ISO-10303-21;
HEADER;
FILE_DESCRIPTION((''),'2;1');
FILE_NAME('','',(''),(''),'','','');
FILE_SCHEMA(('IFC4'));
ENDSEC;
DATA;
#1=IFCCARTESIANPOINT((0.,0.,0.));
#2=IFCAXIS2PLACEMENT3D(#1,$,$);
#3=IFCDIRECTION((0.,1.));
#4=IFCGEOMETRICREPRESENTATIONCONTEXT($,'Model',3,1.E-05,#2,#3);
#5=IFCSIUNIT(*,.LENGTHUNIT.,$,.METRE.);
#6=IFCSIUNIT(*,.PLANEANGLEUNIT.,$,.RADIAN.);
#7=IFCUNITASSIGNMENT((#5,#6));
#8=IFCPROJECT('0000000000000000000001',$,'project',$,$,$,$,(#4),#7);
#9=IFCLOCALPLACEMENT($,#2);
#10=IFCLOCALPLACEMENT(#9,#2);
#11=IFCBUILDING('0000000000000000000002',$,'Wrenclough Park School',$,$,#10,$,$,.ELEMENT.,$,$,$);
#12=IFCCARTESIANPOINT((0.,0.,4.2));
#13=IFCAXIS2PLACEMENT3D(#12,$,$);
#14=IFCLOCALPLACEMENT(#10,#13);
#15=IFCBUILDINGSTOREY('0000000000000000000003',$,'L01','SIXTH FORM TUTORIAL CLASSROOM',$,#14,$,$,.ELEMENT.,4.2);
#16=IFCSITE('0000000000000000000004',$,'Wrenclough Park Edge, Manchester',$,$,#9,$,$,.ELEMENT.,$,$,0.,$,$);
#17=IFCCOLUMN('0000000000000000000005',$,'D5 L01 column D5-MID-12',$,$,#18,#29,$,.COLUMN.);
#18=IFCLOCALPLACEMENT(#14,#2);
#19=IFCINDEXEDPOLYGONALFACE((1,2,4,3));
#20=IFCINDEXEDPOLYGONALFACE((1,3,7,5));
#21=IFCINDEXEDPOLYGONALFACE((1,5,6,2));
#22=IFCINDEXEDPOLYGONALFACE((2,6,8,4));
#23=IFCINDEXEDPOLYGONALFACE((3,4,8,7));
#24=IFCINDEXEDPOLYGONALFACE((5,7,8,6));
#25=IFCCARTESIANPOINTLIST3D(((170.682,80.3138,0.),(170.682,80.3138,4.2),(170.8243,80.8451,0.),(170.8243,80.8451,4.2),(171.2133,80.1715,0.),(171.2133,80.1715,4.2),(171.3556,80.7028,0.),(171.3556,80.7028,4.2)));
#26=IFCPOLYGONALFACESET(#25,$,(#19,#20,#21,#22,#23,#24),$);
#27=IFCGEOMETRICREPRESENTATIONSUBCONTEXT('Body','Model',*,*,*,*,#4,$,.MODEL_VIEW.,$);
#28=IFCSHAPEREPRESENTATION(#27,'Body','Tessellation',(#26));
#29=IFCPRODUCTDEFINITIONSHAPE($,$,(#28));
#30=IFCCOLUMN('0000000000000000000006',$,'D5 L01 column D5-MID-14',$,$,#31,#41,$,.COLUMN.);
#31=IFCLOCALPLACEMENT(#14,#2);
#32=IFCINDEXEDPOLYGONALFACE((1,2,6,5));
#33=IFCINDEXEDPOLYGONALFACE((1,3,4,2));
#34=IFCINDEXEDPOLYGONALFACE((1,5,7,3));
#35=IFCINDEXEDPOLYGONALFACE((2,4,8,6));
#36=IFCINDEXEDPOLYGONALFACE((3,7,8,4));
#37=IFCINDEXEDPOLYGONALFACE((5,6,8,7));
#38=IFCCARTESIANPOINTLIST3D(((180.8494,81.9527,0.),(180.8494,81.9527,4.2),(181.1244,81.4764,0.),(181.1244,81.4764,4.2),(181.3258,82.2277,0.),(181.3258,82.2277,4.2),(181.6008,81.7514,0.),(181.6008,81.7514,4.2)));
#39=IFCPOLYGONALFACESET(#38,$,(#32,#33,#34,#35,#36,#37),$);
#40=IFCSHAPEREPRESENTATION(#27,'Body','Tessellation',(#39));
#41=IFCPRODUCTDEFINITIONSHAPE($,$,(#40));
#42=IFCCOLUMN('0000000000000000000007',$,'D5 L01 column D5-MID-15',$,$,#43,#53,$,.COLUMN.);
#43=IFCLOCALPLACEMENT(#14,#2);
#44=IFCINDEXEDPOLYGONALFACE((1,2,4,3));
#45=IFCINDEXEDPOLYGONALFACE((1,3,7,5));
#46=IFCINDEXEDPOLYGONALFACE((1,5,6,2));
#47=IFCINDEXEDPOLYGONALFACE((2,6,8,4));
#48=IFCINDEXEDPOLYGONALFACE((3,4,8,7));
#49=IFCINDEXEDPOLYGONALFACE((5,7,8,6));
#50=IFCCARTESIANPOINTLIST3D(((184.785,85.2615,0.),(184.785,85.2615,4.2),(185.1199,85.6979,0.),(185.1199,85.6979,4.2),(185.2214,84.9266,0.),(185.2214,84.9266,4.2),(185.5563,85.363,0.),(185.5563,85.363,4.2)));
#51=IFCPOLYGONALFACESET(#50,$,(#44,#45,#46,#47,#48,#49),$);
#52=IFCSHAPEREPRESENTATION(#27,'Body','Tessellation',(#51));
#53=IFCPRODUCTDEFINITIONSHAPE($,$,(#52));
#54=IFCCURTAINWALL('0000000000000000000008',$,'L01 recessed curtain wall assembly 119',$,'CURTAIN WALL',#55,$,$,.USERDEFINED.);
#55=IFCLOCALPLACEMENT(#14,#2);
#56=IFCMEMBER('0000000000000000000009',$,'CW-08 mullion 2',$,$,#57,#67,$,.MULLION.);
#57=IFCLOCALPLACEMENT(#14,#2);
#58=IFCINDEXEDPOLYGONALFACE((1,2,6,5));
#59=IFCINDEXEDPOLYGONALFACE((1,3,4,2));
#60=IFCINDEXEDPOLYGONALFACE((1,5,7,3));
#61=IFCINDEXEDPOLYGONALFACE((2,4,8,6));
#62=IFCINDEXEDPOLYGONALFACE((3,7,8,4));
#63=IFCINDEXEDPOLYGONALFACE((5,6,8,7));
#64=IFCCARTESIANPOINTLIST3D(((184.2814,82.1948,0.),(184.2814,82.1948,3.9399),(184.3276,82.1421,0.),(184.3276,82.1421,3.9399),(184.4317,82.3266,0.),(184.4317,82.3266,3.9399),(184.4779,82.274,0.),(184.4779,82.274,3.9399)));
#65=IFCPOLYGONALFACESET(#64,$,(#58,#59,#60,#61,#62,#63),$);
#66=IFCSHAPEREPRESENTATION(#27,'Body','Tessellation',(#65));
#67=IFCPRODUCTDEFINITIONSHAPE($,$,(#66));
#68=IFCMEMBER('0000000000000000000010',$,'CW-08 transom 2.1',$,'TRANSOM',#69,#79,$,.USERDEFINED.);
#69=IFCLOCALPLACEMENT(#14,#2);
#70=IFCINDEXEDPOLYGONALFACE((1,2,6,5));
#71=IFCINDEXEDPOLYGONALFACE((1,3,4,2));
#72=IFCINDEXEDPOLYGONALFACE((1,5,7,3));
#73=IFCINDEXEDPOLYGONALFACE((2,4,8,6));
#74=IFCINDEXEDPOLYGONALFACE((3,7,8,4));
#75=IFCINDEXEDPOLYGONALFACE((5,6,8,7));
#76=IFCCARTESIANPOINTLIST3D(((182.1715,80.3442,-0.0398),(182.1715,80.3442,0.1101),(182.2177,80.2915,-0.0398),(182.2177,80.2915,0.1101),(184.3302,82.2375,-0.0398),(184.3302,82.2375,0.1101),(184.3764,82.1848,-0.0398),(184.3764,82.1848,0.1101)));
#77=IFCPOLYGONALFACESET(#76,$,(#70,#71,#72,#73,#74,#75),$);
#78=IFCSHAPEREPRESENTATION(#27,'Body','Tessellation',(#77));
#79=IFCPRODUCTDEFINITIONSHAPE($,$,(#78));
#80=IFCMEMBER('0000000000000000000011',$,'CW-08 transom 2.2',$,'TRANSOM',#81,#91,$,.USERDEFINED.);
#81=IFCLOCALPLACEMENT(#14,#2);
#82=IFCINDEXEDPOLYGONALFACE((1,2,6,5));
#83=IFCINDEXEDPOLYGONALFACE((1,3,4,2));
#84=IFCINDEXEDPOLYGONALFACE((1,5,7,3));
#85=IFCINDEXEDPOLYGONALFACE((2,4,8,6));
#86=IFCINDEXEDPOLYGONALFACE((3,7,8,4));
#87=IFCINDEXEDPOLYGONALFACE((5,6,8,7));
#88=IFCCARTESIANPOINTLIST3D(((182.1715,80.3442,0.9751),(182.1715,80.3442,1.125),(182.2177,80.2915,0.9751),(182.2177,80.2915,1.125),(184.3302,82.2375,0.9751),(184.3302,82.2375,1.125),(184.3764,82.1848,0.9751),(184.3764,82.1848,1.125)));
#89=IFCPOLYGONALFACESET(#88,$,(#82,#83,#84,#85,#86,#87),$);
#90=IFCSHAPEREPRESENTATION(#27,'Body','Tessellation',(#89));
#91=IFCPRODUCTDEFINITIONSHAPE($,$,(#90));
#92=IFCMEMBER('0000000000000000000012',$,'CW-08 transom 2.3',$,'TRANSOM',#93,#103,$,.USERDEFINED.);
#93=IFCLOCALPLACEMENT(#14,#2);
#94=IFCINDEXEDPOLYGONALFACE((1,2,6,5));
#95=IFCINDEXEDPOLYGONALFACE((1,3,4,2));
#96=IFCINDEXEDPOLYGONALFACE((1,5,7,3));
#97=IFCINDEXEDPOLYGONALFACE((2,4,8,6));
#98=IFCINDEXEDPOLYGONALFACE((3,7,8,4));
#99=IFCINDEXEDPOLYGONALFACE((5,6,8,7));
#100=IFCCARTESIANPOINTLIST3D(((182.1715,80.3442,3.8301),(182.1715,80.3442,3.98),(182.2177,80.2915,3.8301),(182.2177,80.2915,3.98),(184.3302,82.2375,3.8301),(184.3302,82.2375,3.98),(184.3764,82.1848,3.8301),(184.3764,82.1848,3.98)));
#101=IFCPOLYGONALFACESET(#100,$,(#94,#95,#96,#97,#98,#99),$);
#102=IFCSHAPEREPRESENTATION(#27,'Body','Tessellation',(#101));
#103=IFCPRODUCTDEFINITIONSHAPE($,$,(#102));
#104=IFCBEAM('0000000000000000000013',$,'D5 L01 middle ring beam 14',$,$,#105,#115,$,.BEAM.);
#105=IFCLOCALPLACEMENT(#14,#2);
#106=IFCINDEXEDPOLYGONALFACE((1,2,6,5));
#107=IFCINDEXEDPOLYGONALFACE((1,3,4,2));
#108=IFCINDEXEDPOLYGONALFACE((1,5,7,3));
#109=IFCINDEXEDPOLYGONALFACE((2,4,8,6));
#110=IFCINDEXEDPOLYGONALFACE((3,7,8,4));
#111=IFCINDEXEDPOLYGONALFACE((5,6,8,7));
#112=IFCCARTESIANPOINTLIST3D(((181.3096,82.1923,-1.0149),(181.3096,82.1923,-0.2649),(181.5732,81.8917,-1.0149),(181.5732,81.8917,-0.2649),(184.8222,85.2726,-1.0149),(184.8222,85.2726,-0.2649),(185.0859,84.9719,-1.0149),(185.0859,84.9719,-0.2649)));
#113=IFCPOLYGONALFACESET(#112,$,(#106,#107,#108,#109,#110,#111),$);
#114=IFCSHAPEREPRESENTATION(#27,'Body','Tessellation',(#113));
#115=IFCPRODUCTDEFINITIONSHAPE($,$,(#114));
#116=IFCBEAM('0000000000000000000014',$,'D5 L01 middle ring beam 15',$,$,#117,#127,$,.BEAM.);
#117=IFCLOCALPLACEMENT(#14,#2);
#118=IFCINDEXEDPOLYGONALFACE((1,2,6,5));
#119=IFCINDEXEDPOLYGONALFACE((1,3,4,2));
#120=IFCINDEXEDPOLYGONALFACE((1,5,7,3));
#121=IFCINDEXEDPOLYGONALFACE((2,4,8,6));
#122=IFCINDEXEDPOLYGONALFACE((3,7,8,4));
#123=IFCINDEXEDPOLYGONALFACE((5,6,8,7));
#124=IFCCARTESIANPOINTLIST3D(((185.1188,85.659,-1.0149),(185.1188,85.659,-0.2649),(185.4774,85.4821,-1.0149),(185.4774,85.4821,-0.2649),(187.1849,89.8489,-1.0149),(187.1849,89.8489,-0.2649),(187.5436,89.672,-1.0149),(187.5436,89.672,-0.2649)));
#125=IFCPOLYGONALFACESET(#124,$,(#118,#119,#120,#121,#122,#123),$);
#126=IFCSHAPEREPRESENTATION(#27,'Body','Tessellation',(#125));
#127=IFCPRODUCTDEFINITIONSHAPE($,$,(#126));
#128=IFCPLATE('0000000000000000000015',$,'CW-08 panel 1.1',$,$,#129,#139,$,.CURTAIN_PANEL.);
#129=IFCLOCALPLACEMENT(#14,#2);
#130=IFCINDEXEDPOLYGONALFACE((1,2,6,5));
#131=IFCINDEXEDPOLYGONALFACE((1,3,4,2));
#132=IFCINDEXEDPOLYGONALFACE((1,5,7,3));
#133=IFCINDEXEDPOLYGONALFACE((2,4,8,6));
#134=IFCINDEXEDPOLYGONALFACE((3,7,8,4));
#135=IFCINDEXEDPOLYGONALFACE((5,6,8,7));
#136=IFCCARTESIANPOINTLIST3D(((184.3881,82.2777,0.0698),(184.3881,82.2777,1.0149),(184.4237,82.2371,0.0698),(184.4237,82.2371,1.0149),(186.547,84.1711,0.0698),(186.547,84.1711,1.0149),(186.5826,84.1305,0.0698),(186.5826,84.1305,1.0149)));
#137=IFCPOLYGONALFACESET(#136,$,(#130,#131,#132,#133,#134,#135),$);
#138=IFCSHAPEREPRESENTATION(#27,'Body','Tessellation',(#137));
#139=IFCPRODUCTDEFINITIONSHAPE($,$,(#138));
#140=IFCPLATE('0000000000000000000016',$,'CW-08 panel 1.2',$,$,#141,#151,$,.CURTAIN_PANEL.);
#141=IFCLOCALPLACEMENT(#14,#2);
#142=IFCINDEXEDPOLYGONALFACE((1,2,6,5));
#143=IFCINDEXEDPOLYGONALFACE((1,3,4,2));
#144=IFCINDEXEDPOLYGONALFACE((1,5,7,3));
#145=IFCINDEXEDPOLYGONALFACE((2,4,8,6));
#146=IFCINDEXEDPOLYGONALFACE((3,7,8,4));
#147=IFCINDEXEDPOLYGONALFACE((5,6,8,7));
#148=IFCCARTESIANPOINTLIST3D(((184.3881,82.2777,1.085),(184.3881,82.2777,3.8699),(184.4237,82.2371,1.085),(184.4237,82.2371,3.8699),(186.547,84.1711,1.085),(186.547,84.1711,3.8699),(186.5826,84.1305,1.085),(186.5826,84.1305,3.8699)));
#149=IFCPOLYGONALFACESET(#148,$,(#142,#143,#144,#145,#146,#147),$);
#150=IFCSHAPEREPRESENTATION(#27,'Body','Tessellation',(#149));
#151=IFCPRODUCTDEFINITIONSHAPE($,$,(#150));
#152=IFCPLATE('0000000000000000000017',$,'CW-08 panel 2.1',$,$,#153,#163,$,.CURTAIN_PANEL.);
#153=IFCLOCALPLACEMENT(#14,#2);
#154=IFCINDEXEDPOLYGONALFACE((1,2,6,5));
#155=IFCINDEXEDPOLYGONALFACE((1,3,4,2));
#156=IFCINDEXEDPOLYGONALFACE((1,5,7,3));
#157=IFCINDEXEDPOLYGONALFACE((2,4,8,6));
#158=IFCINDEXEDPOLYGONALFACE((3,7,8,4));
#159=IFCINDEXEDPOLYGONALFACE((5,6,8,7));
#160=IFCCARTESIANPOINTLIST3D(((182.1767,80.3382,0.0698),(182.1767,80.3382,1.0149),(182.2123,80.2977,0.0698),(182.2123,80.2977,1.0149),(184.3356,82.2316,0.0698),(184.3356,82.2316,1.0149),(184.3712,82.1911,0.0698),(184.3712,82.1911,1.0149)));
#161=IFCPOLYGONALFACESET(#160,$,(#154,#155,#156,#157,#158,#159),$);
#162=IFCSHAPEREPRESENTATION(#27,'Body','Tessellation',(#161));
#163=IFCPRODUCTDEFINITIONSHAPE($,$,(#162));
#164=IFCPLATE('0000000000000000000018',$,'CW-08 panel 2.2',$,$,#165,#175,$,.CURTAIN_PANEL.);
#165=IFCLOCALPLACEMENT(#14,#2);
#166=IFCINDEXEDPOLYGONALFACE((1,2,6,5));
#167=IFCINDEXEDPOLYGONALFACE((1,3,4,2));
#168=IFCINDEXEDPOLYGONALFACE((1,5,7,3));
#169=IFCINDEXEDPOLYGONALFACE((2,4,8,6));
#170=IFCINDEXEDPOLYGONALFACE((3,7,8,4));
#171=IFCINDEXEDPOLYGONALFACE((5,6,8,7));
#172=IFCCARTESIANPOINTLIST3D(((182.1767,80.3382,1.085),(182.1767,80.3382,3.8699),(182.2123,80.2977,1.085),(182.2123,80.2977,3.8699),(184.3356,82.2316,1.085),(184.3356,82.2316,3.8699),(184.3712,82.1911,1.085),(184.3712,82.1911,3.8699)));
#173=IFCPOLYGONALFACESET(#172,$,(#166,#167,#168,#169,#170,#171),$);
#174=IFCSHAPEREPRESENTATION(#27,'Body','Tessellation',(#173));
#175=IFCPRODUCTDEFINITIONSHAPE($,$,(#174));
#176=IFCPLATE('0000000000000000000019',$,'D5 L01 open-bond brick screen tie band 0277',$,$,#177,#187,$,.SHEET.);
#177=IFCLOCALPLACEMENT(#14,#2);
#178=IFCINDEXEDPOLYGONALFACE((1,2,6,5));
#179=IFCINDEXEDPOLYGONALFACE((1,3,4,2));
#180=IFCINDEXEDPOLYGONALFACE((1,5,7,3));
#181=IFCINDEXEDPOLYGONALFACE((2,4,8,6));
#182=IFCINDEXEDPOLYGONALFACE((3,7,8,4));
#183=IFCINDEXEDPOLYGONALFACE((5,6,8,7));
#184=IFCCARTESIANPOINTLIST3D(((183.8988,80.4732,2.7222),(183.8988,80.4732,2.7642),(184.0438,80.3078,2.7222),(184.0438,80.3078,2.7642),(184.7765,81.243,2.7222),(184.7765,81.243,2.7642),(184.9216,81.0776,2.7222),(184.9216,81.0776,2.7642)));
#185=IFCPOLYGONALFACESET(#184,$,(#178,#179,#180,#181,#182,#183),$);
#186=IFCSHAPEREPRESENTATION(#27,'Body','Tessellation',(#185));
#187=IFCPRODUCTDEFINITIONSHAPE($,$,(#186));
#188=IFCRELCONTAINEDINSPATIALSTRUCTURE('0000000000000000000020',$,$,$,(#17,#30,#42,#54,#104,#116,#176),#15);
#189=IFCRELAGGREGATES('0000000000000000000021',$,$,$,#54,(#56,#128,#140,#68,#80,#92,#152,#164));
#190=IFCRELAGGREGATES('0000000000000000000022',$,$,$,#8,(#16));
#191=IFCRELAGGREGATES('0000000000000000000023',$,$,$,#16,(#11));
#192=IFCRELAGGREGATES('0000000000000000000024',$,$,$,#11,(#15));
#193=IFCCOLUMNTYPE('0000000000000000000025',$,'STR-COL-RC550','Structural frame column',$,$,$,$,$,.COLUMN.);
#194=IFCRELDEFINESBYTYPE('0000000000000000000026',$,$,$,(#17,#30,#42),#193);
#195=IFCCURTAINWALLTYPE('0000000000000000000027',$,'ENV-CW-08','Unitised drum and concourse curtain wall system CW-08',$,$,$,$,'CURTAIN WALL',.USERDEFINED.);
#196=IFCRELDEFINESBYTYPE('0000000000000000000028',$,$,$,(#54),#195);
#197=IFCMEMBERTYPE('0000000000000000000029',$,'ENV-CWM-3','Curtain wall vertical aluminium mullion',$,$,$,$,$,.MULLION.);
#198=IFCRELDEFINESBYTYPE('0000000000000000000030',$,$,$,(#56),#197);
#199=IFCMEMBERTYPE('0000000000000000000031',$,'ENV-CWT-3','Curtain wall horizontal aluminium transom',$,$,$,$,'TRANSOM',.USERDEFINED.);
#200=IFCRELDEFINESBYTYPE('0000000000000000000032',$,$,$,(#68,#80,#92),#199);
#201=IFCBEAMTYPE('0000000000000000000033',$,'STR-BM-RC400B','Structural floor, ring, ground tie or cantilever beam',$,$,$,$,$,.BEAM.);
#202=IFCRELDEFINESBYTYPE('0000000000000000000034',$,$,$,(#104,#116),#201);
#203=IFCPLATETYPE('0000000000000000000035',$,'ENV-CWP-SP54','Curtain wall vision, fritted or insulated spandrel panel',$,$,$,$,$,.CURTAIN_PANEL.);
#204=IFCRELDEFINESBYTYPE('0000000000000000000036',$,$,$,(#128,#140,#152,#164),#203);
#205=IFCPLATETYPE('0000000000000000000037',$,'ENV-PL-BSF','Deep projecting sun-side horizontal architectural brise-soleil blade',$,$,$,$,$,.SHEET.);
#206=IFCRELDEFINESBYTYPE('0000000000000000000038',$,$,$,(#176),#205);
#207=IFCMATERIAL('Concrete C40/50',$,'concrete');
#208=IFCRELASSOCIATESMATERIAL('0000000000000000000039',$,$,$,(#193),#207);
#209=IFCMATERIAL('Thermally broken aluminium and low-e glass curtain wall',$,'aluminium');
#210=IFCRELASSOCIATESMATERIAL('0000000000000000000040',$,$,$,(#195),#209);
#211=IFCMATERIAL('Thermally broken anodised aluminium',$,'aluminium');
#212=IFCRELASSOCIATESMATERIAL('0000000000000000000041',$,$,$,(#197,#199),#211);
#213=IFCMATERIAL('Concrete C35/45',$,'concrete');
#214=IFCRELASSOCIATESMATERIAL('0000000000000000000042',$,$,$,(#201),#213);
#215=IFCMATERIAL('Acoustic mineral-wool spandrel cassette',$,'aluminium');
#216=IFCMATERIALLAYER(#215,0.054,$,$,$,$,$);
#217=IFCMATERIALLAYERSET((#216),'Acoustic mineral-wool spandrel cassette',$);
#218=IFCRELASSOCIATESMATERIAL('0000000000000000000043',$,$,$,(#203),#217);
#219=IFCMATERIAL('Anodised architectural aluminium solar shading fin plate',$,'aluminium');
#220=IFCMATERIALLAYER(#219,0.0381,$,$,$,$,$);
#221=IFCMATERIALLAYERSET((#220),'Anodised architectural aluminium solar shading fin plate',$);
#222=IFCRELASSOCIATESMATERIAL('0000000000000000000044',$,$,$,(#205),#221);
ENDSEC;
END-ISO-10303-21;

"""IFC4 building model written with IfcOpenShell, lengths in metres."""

from ifc_helpers import new_model, si_unit, direction, frame, origin, origin_2d, place, context, subcontext, project, spatial, rectangle, extrude, material, layer, layer_set, material_profile, profile_set, type_object, element, aggregate, save


model = new_model("IFC4")

# Units and contexts
model_context = context("Model", 3, precision=1e-05, world=origin(), true_north=direction((0.0, 1.0)))
body_context = subcontext(model_context, "Body", "Model", "MODEL_VIEW")
ifc_project = project(units=[si_unit("LENGTHUNIT", "METRE"), si_unit("PLANEANGLEUNIT", "RADIAN")], contexts=[model_context])

# Site, building, storey
site_placement = place(None, origin())
site = spatial("IfcSite", under=ifc_project, at=site_placement, Name="Wrenclough Park Edge, Manchester", CompositionType="ELEMENT", RefElevation=0.0)
building_placement = place(site_placement, origin())
building = spatial("IfcBuilding", under=site, at=building_placement, Name="Wrenclough Park School", CompositionType="ELEMENT")
storey_placement = place(building_placement, frame((0.0, 0.0, 4.2)))
storey = spatial("IfcBuildingStorey", under=building, at=storey_placement, Name="L01", Description="SIXTH FORM TUTORIAL CLASSROOM", CompositionType="ELEMENT", Elevation=4.2)

# Columns
ifc_material_1 = material(Name="Concrete C40/50", Category="concrete")
ifc_material_profile_1 = material_profile(ifc_material_1, rectangle(XDim=0.55, YDim=0.55, at=origin_2d()), Name="RC COL 550x550")
ifc_profile_set_1 = profile_set([ifc_material_profile_1], Name="Concrete C40/50")
column_type = type_object("IfcColumnType", Name="STR-COL-RC550", Description="Structural frame column", PredefinedType="COLUMN", material=ifc_profile_set_1)
for number, where, z_axis, x_axis, name in (
    (1, (171.0188, 80.5083, 0.0), (0.0, 0.0, 1.0), (0.965926, -0.258819, 0.0), "D5 L01 column D5-MID-12"),
    (2, (181.2251, 81.8521, 0.0), (0.0, 0.0, 1.0), (0.866025, 0.5, 0.0), "D5 L01 column D5-MID-14"),
    (3, (185.1707, 85.3123, 0.0), (0.0, 0.0, 1.0), (0.608761, 0.793353, 0.0), "D5 L01 column D5-MID-15"),
):
    element("IfcColumn", number, at=place(storey_placement, frame(where, z_axis=z_axis, x_axis=x_axis)), inside=storey, type_object=column_type, Name=name, PredefinedType="COLUMN", context=body_context, shape_type="SweptSolid", body=[
        extrude(rectangle(XDim=0.55, YDim=0.55, at=origin_2d()), origin(), (0.0, 0.0, 1.0), 4.2),
    ])

# Curtain wall, members
ifc_material_2 = material(Name="Thermally broken aluminium and low-e glass curtain wall", Category="aluminium")
curtain_wall_type = type_object("IfcCurtainWallType", Name="ENV-CW-08", Description="Unitised drum and concourse curtain wall system CW-08", ElementType="CURTAIN WALL", PredefinedType="USERDEFINED", material=ifc_material_2)
curtain_wall_placement = place(storey_placement, origin())
curtain_wall = element("IfcCurtainWall", 4, at=curtain_wall_placement, inside=storey, type_object=curtain_wall_type, Name="L01 recessed curtain wall assembly 119", ObjectType="CURTAIN WALL", PredefinedType="USERDEFINED")
ifc_material_3 = material(Name="Thermally broken anodised aluminium", Category="aluminium")
ifc_material_profile_2 = material_profile(ifc_material_3, rectangle(XDim=0.0701, YDim=0.2, at=origin_2d()), Name="AL MULLION 70x200")
ifc_profile_set_2 = profile_set([ifc_material_profile_2], Name="Thermally broken anodised aluminium")
member_type_1 = type_object("IfcMemberType", Name="ENV-CWM-3", Description="Curtain wall vertical aluminium mullion", PredefinedType="MULLION", material=ifc_profile_set_2)
member_1_placement = place(storey_placement, frame((184.3796, 82.2344, 0.0), z_axis=(0.0, 0.0, 1.0), x_axis=(0.659365, -0.751823, 0.0)))
member_1 = element("IfcMember", 5, at=member_1_placement, type_object=member_type_1, Name="CW-08 mullion 2", PredefinedType="MULLION", context=body_context, shape_type="SweptSolid", body=[
    extrude(rectangle(XDim=0.0701, YDim=0.2, at=origin_2d()), origin(), (0.0, 0.0, 1.0), 3.9399),
])
ifc_material_profile_3 = material_profile(ifc_material_3, rectangle(XDim=0.0701, YDim=0.1499, at=origin_2d()), Name="AL TRANSOM 70x150")
ifc_profile_set_3 = profile_set([ifc_material_profile_3], Name="Thermally broken anodised aluminium")
member_type_2 = type_object("IfcMemberType", Name="ENV-CWT-3", Description="Curtain wall horizontal aluminium transom", ElementType="TRANSOM", PredefinedType="USERDEFINED", material=ifc_profile_set_3)
member_2_placement = place(storey_placement, frame((184.3533, 82.2112, 0.0352), z_axis=(-0.751807, -0.659383, 0.0), x_axis=(0.659383, -0.751807, 0.0)))
member_2 = element("IfcMember", 6, at=member_2_placement, type_object=member_type_2, Name="CW-08 transom 2.1", ObjectType="TRANSOM", PredefinedType="USERDEFINED", context=body_context, shape_type="SweptSolid", body=[
    extrude(rectangle(XDim=0.0701, YDim=0.1499, at=origin_2d()), origin(), (0.0, 0.0, 1.0), 2.8713),
])
member_3_placement = place(storey_placement, frame((184.3533, 82.2112, 1.05), z_axis=(-0.751807, -0.659383, 0.0), x_axis=(0.659383, -0.751807, 0.0)))
member_3 = element("IfcMember", 7, at=member_3_placement, type_object=member_type_2, Name="CW-08 transom 2.2", ObjectType="TRANSOM", PredefinedType="USERDEFINED", context=body_context, shape_type="SweptSolid", body=[
    extrude(rectangle(XDim=0.0701, YDim=0.1499, at=origin_2d()), origin(), (0.0, 0.0, 1.0), 2.8713),
])
member_4_placement = place(storey_placement, frame((184.3533, 82.2112, 3.905), z_axis=(-0.751807, -0.659383, 0.0), x_axis=(0.659383, -0.751807, 0.0)))
member_4 = element("IfcMember", 8, at=member_4_placement, type_object=member_type_2, Name="CW-08 transom 2.3", ObjectType="TRANSOM", PredefinedType="USERDEFINED", context=body_context, shape_type="SweptSolid", body=[
    extrude(rectangle(XDim=0.0701, YDim=0.1499, at=origin_2d()), origin(), (0.0, 0.0, 1.0), 2.8713),
])

# Beams
ifc_material_4 = material(Name="Concrete C35/45", Category="concrete")
ifc_material_profile_4 = material_profile(ifc_material_4, rectangle(XDim=0.3999, YDim=0.75, at=origin_2d()), Name="RC BEAM 400x750")
ifc_profile_set_4 = profile_set([ifc_material_profile_4], Name="Concrete C35/45")
beam_type = type_object("IfcBeamType", Name="STR-BM-RC400B", Description="Structural floor, ring, ground tie or cantilever beam", PredefinedType="BEAM", material=ifc_profile_set_4)
beam_1_placement = place(storey_placement, frame((181.4414, 82.042, -0.6399), z_axis=(0.751864, 0.659318, 0.0), x_axis=(-0.659318, 0.751864, 0.0)))
element("IfcBeam", 9, at=beam_1_placement, inside=storey, type_object=beam_type, Name="D5 L01 middle ring beam 14", PredefinedType="BEAM", context=body_context, shape_type="SweptSolid", body=[
    extrude(rectangle(XDim=0.3999, YDim=0.75, at=origin_2d()), origin(), (0.0, 0.0, 1.0), 4.6719),
])
beam_2_placement = place(storey_placement, frame((185.2981, 85.5706, -0.6399), z_axis=(0.442273, 0.89688, 0.0), x_axis=(-0.89688, 0.442273, 0.0)))
element("IfcBeam", 10, at=beam_2_placement, inside=storey, type_object=beam_type, Name="D5 L01 middle ring beam 15", PredefinedType="BEAM", context=body_context, shape_type="SweptSolid", body=[
    extrude(rectangle(XDim=0.3999, YDim=0.75, at=origin_2d()), origin(), (0.0, 0.0, 1.0), 4.6716),
])

# Plates
ifc_material_5 = material(Name="Acoustic mineral-wool spandrel cassette", Category="aluminium")
ifc_layer_1 = layer(ifc_material_5, 0.054)
ifc_layer_set_1 = layer_set([ifc_layer_1], Name="Acoustic mineral-wool spandrel cassette")
plate_type_1 = type_object("IfcPlateType", Name="ENV-CWP-SP54", Description="Curtain wall vision, fritted or insulated spandrel panel", PredefinedType="CURTAIN_PANEL", material=ifc_layer_set_1)
plate_1_placement = place(storey_placement, frame((185.4854, 83.2041, 0.0698), z_axis=(0.0, 0.0, 1.0), x_axis=(-0.751823, -0.659365, 0.0)))
plate_1 = element("IfcPlate", 11, at=plate_1_placement, type_object=plate_type_1, Name="CW-08 panel 1.1", PredefinedType="CURTAIN_PANEL", context=body_context, shape_type="SweptSolid", body=[
    extrude(rectangle(XDim=2.8716, YDim=0.054, at=origin_2d()), origin(), (0.0, 0.0, 1.0), 0.9451),
])
plate_2_placement = place(storey_placement, frame((185.4854, 83.2041, 1.085), z_axis=(0.0, 0.0, 1.0), x_axis=(-0.751823, -0.659365, 0.0)))
plate_2 = element("IfcPlate", 12, at=plate_2_placement, type_object=plate_type_1, Name="CW-08 panel 1.2", PredefinedType="CURTAIN_PANEL", context=body_context, shape_type="SweptSolid", body=[
    extrude(rectangle(XDim=2.8716, YDim=0.054, at=origin_2d()), origin(), (0.0, 0.0, 1.0), 2.7849),
])
plate_3_placement = place(storey_placement, frame((183.2739, 81.2646, 0.0698), z_axis=(0.0, 0.0, 1.0), x_axis=(-0.751823, -0.659365, 0.0)))
plate_3 = element("IfcPlate", 13, at=plate_3_placement, type_object=plate_type_1, Name="CW-08 panel 2.1", PredefinedType="CURTAIN_PANEL", context=body_context, shape_type="SweptSolid", body=[
    extrude(rectangle(XDim=2.8716, YDim=0.054, at=origin_2d()), origin(), (0.0, 0.0, 1.0), 0.9451),
])
plate_4_placement = place(storey_placement, frame((183.2739, 81.2646, 1.085), z_axis=(0.0, 0.0, 1.0), x_axis=(-0.751823, -0.659365, 0.0)))
plate_4 = element("IfcPlate", 14, at=plate_4_placement, type_object=plate_type_1, Name="CW-08 panel 2.2", PredefinedType="CURTAIN_PANEL", context=body_context, shape_type="SweptSolid", body=[
    extrude(rectangle(XDim=2.8716, YDim=0.054, at=origin_2d()), origin(), (0.0, 0.0, 1.0), 2.7849),
])
aggregate(curtain_wall, [member_1, plate_1, plate_2, member_2, member_3, member_4, plate_3, plate_4])

# Plate
ifc_material_6 = material(Name="Anodised architectural aluminium solar shading fin plate", Category="aluminium")
ifc_layer_2 = layer(ifc_material_6, 0.0381)
ifc_layer_set_2 = layer_set([ifc_layer_2], Name="Anodised architectural aluminium solar shading fin plate")
plate_type_2 = type_object("IfcPlateType", Name="ENV-PL-BSF", Description="Deep projecting sun-side horizontal architectural brise-soleil blade", PredefinedType="SHEET", material=ifc_layer_set_2)
for number, where, z_axis, x_axis, name in (
    (15, (184.4102, 80.7754, 2.7222), (0.0, 0.0, 1.0), (0.751837, 0.659349, 0.0), "D5 L01 open-bond brick screen tie band 0277"),
):
    element("IfcPlate", number, at=place(storey_placement, frame(where, z_axis=z_axis, x_axis=x_axis)), inside=storey, type_object=plate_type_2, Name=name, PredefinedType="SHEET", context=body_context, shape_type="SweptSolid", body=[
        extrude(rectangle(XDim=1.1675, YDim=0.22, at=origin_2d()), origin(), (0.0, 0.0, 1.0), 0.042),
    ])

save(model, "model.ifc")
